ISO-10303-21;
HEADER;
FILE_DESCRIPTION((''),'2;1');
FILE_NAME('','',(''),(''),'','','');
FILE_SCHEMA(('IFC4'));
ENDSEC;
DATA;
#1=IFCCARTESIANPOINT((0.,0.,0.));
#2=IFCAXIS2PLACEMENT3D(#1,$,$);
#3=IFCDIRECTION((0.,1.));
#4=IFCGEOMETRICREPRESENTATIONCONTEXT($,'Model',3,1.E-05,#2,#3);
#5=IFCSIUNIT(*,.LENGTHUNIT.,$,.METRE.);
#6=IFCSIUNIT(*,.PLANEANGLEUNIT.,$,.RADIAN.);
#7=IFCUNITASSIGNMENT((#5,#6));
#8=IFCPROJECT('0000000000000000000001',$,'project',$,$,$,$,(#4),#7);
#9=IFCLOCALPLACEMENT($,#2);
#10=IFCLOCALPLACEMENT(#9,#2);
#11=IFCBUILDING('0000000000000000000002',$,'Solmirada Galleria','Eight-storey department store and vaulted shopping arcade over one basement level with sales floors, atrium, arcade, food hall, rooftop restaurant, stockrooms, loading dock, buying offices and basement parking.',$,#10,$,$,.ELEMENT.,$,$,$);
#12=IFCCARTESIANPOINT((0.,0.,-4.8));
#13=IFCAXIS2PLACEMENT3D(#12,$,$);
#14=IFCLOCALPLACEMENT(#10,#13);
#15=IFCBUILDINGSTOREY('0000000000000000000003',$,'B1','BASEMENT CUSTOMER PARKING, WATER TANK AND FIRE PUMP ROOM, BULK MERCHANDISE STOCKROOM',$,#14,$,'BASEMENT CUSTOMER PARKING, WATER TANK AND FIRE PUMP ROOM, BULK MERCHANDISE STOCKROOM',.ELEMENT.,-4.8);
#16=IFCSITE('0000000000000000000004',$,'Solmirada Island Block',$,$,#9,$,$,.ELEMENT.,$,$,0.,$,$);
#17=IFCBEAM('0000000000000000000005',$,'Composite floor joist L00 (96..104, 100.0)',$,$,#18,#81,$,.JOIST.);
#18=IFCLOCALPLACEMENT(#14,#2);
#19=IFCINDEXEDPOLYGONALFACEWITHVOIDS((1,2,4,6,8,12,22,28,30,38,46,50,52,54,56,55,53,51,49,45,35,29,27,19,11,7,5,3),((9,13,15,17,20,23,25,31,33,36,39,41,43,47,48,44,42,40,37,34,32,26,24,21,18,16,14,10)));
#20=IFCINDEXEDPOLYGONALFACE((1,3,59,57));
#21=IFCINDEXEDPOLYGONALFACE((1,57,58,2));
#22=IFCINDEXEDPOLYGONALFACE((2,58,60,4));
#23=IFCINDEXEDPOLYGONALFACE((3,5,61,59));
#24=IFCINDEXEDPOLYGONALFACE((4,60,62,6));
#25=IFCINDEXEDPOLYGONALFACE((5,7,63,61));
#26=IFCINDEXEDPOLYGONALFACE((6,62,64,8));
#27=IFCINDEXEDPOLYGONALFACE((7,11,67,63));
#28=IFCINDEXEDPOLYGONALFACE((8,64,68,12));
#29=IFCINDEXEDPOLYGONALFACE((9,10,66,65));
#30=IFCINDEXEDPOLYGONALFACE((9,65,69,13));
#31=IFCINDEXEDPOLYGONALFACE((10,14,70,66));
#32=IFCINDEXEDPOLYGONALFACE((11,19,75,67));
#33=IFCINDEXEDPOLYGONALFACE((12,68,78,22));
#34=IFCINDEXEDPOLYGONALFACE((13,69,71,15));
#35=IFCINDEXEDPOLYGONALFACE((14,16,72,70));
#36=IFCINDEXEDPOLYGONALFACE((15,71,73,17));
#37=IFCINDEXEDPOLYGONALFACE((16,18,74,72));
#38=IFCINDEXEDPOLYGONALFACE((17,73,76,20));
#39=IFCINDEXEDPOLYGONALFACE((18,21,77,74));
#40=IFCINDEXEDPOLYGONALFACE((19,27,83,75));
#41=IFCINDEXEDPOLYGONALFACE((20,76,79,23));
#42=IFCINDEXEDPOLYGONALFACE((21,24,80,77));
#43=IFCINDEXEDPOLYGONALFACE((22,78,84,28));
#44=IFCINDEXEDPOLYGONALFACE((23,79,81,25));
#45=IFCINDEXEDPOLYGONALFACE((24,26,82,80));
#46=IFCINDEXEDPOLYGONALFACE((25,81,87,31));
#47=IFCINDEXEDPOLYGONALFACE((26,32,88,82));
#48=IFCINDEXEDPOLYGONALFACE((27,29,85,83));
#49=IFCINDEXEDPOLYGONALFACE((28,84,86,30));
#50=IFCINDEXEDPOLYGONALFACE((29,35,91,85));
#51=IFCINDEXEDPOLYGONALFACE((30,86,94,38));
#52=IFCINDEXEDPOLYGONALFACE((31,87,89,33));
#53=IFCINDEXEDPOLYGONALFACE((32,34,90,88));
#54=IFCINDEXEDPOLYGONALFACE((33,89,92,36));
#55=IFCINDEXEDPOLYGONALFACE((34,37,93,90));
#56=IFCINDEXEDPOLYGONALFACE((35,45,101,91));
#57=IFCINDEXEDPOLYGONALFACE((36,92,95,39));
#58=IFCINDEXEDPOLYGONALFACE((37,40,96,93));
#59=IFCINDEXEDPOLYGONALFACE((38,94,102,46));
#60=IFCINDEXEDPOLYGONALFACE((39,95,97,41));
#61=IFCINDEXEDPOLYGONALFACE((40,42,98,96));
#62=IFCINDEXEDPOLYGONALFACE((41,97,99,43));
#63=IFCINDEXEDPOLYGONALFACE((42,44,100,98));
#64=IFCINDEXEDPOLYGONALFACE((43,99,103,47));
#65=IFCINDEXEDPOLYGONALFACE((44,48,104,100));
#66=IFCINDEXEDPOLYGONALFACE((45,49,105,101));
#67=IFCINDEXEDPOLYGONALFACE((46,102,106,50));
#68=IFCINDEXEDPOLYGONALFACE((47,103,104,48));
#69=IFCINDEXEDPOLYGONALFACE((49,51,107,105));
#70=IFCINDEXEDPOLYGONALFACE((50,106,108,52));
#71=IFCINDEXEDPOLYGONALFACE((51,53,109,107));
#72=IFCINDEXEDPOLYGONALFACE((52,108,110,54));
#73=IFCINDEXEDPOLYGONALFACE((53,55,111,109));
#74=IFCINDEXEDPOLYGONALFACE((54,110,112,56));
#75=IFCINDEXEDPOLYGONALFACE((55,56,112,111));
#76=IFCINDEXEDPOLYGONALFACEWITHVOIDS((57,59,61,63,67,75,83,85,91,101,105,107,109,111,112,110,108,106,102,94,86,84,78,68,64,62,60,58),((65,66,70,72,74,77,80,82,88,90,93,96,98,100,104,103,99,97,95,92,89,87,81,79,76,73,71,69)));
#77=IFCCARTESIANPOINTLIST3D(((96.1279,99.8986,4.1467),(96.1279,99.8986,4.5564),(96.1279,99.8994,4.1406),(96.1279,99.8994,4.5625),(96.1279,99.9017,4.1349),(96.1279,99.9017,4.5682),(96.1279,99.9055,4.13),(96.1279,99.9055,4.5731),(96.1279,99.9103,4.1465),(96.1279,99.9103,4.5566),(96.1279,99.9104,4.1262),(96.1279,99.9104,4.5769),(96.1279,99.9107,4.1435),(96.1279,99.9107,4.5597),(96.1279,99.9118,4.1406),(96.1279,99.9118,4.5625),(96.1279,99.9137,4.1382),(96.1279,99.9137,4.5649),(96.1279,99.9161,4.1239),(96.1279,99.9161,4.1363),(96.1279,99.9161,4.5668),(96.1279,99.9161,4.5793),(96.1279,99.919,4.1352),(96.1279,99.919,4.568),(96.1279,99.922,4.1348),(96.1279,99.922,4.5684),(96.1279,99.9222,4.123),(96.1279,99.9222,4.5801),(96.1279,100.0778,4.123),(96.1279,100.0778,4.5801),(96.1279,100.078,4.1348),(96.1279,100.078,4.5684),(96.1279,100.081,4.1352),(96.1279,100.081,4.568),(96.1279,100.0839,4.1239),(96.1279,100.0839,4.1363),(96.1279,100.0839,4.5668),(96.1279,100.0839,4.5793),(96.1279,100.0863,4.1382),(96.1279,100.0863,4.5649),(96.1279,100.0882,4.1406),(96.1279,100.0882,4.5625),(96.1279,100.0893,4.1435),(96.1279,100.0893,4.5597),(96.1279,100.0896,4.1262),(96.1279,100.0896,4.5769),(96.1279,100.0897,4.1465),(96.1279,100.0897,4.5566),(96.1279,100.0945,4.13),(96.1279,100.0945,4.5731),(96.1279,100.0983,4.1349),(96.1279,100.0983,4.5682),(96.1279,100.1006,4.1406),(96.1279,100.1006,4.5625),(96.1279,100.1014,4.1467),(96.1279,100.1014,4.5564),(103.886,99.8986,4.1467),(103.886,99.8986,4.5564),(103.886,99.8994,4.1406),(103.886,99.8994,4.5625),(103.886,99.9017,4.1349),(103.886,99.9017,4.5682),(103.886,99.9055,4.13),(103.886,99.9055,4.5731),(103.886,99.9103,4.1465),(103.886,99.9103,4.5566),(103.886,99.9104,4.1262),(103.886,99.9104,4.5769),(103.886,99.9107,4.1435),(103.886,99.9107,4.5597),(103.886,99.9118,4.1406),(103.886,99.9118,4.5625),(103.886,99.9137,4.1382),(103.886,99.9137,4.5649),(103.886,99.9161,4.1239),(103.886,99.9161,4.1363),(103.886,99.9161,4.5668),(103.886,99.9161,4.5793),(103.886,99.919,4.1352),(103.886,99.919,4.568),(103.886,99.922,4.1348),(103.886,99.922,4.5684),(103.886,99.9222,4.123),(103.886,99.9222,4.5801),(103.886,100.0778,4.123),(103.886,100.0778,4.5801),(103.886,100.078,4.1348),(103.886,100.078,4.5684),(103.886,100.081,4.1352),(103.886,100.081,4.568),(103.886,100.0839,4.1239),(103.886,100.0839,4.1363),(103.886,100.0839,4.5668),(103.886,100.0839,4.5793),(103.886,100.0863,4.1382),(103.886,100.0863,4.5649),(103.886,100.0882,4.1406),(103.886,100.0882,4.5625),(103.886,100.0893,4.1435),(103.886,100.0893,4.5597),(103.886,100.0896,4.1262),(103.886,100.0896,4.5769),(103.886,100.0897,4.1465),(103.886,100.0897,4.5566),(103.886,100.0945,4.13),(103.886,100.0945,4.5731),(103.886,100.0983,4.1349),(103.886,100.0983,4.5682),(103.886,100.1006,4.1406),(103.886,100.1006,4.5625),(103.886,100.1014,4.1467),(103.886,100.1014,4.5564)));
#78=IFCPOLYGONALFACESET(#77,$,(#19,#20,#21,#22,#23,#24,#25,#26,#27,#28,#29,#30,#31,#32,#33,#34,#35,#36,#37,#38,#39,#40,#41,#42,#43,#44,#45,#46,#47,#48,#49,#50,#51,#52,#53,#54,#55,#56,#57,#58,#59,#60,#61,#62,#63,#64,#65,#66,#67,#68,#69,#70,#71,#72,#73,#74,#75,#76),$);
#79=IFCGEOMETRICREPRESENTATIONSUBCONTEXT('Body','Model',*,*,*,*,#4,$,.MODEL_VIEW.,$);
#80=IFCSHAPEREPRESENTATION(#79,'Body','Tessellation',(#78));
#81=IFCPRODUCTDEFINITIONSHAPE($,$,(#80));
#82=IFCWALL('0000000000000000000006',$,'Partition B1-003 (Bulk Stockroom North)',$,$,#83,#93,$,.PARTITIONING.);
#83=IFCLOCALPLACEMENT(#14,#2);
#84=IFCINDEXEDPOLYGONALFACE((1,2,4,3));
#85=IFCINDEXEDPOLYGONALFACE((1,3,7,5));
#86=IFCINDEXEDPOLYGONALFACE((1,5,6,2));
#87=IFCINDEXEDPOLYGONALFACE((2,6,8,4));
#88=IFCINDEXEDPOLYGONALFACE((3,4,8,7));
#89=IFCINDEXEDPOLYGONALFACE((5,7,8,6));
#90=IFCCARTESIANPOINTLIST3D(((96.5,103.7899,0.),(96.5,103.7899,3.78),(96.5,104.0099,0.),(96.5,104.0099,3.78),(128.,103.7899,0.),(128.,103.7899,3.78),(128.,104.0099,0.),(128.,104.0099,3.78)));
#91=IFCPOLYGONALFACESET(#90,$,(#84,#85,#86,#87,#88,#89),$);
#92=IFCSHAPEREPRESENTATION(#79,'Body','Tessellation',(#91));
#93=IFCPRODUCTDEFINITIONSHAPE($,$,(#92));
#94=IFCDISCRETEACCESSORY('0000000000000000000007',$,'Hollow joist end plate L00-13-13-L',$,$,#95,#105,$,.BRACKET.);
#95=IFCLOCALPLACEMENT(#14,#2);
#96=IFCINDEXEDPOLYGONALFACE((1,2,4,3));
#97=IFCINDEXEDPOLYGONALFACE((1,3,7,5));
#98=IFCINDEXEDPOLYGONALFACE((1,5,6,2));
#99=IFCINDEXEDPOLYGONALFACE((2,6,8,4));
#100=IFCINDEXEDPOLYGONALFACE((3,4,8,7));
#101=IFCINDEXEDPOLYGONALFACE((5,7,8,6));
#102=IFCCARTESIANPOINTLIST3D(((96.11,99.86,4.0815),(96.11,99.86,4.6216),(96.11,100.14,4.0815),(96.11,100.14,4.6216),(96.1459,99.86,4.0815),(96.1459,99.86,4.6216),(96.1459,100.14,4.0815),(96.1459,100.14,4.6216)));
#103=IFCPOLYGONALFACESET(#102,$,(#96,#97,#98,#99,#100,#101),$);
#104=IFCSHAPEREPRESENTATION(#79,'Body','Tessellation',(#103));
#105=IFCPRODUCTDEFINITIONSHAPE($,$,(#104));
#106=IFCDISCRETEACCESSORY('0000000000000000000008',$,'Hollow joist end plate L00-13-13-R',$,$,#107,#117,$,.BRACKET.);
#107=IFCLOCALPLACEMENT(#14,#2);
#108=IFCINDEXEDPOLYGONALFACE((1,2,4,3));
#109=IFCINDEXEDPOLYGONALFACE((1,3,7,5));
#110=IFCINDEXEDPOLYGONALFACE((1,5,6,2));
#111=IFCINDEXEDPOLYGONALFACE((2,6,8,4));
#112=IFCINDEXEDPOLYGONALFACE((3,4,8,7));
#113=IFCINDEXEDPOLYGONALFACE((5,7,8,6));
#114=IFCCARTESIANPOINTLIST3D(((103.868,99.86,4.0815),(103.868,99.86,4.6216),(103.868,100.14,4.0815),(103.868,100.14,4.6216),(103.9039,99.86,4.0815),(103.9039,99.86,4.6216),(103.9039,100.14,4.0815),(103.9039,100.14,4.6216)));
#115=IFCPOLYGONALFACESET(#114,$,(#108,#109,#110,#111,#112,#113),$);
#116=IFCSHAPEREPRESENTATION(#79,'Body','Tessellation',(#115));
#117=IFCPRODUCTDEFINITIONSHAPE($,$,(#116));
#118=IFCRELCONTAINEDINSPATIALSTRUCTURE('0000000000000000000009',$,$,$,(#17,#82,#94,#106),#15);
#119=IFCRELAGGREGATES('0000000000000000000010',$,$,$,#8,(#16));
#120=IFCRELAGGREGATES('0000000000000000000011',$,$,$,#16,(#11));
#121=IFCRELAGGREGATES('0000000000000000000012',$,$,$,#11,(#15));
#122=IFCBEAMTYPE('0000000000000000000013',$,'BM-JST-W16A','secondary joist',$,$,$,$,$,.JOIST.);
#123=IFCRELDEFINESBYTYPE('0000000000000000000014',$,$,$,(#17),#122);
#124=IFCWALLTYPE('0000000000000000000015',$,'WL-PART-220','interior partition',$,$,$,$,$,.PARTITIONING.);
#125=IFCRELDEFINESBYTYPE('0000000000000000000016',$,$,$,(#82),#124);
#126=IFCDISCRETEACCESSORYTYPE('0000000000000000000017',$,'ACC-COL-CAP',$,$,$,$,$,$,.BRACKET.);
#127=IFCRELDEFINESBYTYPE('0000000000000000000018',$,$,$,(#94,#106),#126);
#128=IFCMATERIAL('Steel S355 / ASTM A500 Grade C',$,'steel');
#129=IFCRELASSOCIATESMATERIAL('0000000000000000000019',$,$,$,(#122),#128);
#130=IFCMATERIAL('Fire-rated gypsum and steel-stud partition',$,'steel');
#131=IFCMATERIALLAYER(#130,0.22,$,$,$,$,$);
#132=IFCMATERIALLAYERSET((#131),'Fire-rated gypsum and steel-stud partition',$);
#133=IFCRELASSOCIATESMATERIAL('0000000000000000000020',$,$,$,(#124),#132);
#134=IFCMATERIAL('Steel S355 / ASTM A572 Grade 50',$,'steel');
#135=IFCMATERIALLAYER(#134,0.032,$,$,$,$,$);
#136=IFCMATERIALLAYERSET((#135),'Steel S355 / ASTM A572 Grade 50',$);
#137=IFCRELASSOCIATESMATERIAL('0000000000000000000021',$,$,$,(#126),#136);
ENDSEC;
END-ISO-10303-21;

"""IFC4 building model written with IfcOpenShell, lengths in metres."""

from ifc_helpers import new_model, si_unit, direction, frame, frame_2d, origin, origin_2d, place, context, subcontext, project, spatial, rectangle, hollow_rectangle, extrude, material, layer, layer_set, material_profile, profile_set, type_object, element, save


model = new_model("IFC4")

# Units and contexts
model_context = context("Model", 3, precision=1e-05, world=origin(), true_north=direction((0.0, 1.0)))
body_context = subcontext(model_context, "Body", "Model", "MODEL_VIEW")
ifc_project = project(units=[si_unit("LENGTHUNIT", "METRE"), si_unit("PLANEANGLEUNIT", "RADIAN")], contexts=[model_context])

# Site, building, storey
site_placement = place(None, origin())
site = spatial("IfcSite", under=ifc_project, at=site_placement, Name="Solmirada Island Block", CompositionType="ELEMENT", RefElevation=0.0)
building_placement = place(site_placement, origin())
building = spatial("IfcBuilding", under=site, at=building_placement, Name="Solmirada Galleria", Description="Eight-storey department store and vaulted shopping arcade over one basement level with sales floors, atrium, arcade, food hall, rooftop restaurant, stockrooms, loading dock, buying offices and basement parking.", CompositionType="ELEMENT")
storey_placement = place(building_placement, frame((0.0, 0.0, -4.8)))
storey = spatial("IfcBuildingStorey", under=building, at=storey_placement, Name="B1", Description="BASEMENT CUSTOMER PARKING, WATER TANK AND FIRE PUMP ROOM, BULK MERCHANDISE STOCKROOM", LongName="BASEMENT CUSTOMER PARKING, WATER TANK AND FIRE PUMP ROOM, BULK MERCHANDISE STOCKROOM", CompositionType="ELEMENT", Elevation=-4.8)

# Beam
ifc_material_1 = material(Name="Steel S355 / ASTM A500 Grade C", Category="steel")
ifc_material_profile_1 = material_profile(ifc_material_1, hollow_rectangle(XDim=0.2029, YDim=0.457, WallThickness=0.0117, InnerFilletRadius=0.0117, OuterFilletRadius=0.0237, at=origin_2d()), Name="HSS18X8X1/2")
ifc_profile_set_1 = profile_set([ifc_material_profile_1], Name="Steel S355 / ASTM A500 Grade C")
beam_type_1 = type_object("IfcBeamType", Name="BM-JST-W16A", Description="secondary joist", PredefinedType="JOIST", material=ifc_profile_set_1)
beam_1_placement = place(storey_placement, frame((96.1279, 100.0, 4.3516), z_axis=(1.0, 0.0, 0.0), x_axis=(0.0, 1.0, 0.0)))
element("IfcBeam", 1, at=beam_1_placement, inside=storey, type_object=beam_type_1, Name="Composite floor joist L00 (96..104, 100.0)", PredefinedType="JOIST", context=body_context, shape_type="SweptSolid", body=[
    extrude(hollow_rectangle(XDim=0.2029, YDim=0.457, WallThickness=0.0117, InnerFilletRadius=0.0117, OuterFilletRadius=0.0237, at=origin_2d()), origin(), (0.0, 0.0, 1.0), 7.7581),
])

# Wall
ifc_material_2 = material(Name="Fire-rated gypsum and steel-stud partition", Category="steel")
ifc_layer_1 = layer(ifc_material_2, 0.22)
ifc_layer_set_1 = layer_set([ifc_layer_1], Name="Fire-rated gypsum and steel-stud partition")
wall_type = type_object("IfcWallType", Name="WL-PART-220", Description="interior partition", PredefinedType="PARTITIONING", material=ifc_layer_set_1)
wall_placement = place(storey_placement, frame((96.5, 103.8999, 0.0), z_axis=(0.0, 0.0, 1.0), x_axis=(1.0, 0.0, 0.0)))
element("IfcWall", 2, at=wall_placement, inside=storey, type_object=wall_type, Name="Partition B1-003 (Bulk Stockroom North)", PredefinedType="PARTITIONING", context=body_context, shape_type="SweptSolid", body=[
    extrude(rectangle(XDim=31.5, YDim=0.22, at=frame_2d((15.75, 0.0))), origin(), (0.0, 0.0, 1.0), 3.78),
])

# Discrete accessories
ifc_material_3 = material(Name="Steel S355 / ASTM A572 Grade 50", Category="steel")
ifc_layer_2 = layer(ifc_material_3, 0.032)
ifc_layer_set_2 = layer_set([ifc_layer_2], Name="Steel S355 / ASTM A572 Grade 50")
discrete_accessory_type = type_object("IfcDiscreteAccessoryType", Name="ACC-COL-CAP", PredefinedType="BRACKET", material=ifc_layer_set_2)
for number, where, z_axis, x_axis, name in (
    (3, (96.1279, 100.0, 4.0815), (0.0, 0.0, 1.0), (1.0, 0.0, 0.0), "Hollow joist end plate L00-13-13-L"),
    (4, (103.886, 100.0, 4.0815), (0.0, 0.0, 1.0), (1.0, 0.0, 0.0), "Hollow joist end plate L00-13-13-R"),
):
    element("IfcDiscreteAccessory", number, at=place(storey_placement, frame(where, z_axis=z_axis, x_axis=x_axis)), inside=storey, type_object=discrete_accessory_type, Name=name, PredefinedType="BRACKET", context=body_context, shape_type="SweptSolid", body=[
        extrude(rectangle(XDim=0.0359, YDim=0.28, at=origin_2d()), origin(), (0.0, 0.0, 1.0), 0.54),
    ])

save(model, "model.ifc")
